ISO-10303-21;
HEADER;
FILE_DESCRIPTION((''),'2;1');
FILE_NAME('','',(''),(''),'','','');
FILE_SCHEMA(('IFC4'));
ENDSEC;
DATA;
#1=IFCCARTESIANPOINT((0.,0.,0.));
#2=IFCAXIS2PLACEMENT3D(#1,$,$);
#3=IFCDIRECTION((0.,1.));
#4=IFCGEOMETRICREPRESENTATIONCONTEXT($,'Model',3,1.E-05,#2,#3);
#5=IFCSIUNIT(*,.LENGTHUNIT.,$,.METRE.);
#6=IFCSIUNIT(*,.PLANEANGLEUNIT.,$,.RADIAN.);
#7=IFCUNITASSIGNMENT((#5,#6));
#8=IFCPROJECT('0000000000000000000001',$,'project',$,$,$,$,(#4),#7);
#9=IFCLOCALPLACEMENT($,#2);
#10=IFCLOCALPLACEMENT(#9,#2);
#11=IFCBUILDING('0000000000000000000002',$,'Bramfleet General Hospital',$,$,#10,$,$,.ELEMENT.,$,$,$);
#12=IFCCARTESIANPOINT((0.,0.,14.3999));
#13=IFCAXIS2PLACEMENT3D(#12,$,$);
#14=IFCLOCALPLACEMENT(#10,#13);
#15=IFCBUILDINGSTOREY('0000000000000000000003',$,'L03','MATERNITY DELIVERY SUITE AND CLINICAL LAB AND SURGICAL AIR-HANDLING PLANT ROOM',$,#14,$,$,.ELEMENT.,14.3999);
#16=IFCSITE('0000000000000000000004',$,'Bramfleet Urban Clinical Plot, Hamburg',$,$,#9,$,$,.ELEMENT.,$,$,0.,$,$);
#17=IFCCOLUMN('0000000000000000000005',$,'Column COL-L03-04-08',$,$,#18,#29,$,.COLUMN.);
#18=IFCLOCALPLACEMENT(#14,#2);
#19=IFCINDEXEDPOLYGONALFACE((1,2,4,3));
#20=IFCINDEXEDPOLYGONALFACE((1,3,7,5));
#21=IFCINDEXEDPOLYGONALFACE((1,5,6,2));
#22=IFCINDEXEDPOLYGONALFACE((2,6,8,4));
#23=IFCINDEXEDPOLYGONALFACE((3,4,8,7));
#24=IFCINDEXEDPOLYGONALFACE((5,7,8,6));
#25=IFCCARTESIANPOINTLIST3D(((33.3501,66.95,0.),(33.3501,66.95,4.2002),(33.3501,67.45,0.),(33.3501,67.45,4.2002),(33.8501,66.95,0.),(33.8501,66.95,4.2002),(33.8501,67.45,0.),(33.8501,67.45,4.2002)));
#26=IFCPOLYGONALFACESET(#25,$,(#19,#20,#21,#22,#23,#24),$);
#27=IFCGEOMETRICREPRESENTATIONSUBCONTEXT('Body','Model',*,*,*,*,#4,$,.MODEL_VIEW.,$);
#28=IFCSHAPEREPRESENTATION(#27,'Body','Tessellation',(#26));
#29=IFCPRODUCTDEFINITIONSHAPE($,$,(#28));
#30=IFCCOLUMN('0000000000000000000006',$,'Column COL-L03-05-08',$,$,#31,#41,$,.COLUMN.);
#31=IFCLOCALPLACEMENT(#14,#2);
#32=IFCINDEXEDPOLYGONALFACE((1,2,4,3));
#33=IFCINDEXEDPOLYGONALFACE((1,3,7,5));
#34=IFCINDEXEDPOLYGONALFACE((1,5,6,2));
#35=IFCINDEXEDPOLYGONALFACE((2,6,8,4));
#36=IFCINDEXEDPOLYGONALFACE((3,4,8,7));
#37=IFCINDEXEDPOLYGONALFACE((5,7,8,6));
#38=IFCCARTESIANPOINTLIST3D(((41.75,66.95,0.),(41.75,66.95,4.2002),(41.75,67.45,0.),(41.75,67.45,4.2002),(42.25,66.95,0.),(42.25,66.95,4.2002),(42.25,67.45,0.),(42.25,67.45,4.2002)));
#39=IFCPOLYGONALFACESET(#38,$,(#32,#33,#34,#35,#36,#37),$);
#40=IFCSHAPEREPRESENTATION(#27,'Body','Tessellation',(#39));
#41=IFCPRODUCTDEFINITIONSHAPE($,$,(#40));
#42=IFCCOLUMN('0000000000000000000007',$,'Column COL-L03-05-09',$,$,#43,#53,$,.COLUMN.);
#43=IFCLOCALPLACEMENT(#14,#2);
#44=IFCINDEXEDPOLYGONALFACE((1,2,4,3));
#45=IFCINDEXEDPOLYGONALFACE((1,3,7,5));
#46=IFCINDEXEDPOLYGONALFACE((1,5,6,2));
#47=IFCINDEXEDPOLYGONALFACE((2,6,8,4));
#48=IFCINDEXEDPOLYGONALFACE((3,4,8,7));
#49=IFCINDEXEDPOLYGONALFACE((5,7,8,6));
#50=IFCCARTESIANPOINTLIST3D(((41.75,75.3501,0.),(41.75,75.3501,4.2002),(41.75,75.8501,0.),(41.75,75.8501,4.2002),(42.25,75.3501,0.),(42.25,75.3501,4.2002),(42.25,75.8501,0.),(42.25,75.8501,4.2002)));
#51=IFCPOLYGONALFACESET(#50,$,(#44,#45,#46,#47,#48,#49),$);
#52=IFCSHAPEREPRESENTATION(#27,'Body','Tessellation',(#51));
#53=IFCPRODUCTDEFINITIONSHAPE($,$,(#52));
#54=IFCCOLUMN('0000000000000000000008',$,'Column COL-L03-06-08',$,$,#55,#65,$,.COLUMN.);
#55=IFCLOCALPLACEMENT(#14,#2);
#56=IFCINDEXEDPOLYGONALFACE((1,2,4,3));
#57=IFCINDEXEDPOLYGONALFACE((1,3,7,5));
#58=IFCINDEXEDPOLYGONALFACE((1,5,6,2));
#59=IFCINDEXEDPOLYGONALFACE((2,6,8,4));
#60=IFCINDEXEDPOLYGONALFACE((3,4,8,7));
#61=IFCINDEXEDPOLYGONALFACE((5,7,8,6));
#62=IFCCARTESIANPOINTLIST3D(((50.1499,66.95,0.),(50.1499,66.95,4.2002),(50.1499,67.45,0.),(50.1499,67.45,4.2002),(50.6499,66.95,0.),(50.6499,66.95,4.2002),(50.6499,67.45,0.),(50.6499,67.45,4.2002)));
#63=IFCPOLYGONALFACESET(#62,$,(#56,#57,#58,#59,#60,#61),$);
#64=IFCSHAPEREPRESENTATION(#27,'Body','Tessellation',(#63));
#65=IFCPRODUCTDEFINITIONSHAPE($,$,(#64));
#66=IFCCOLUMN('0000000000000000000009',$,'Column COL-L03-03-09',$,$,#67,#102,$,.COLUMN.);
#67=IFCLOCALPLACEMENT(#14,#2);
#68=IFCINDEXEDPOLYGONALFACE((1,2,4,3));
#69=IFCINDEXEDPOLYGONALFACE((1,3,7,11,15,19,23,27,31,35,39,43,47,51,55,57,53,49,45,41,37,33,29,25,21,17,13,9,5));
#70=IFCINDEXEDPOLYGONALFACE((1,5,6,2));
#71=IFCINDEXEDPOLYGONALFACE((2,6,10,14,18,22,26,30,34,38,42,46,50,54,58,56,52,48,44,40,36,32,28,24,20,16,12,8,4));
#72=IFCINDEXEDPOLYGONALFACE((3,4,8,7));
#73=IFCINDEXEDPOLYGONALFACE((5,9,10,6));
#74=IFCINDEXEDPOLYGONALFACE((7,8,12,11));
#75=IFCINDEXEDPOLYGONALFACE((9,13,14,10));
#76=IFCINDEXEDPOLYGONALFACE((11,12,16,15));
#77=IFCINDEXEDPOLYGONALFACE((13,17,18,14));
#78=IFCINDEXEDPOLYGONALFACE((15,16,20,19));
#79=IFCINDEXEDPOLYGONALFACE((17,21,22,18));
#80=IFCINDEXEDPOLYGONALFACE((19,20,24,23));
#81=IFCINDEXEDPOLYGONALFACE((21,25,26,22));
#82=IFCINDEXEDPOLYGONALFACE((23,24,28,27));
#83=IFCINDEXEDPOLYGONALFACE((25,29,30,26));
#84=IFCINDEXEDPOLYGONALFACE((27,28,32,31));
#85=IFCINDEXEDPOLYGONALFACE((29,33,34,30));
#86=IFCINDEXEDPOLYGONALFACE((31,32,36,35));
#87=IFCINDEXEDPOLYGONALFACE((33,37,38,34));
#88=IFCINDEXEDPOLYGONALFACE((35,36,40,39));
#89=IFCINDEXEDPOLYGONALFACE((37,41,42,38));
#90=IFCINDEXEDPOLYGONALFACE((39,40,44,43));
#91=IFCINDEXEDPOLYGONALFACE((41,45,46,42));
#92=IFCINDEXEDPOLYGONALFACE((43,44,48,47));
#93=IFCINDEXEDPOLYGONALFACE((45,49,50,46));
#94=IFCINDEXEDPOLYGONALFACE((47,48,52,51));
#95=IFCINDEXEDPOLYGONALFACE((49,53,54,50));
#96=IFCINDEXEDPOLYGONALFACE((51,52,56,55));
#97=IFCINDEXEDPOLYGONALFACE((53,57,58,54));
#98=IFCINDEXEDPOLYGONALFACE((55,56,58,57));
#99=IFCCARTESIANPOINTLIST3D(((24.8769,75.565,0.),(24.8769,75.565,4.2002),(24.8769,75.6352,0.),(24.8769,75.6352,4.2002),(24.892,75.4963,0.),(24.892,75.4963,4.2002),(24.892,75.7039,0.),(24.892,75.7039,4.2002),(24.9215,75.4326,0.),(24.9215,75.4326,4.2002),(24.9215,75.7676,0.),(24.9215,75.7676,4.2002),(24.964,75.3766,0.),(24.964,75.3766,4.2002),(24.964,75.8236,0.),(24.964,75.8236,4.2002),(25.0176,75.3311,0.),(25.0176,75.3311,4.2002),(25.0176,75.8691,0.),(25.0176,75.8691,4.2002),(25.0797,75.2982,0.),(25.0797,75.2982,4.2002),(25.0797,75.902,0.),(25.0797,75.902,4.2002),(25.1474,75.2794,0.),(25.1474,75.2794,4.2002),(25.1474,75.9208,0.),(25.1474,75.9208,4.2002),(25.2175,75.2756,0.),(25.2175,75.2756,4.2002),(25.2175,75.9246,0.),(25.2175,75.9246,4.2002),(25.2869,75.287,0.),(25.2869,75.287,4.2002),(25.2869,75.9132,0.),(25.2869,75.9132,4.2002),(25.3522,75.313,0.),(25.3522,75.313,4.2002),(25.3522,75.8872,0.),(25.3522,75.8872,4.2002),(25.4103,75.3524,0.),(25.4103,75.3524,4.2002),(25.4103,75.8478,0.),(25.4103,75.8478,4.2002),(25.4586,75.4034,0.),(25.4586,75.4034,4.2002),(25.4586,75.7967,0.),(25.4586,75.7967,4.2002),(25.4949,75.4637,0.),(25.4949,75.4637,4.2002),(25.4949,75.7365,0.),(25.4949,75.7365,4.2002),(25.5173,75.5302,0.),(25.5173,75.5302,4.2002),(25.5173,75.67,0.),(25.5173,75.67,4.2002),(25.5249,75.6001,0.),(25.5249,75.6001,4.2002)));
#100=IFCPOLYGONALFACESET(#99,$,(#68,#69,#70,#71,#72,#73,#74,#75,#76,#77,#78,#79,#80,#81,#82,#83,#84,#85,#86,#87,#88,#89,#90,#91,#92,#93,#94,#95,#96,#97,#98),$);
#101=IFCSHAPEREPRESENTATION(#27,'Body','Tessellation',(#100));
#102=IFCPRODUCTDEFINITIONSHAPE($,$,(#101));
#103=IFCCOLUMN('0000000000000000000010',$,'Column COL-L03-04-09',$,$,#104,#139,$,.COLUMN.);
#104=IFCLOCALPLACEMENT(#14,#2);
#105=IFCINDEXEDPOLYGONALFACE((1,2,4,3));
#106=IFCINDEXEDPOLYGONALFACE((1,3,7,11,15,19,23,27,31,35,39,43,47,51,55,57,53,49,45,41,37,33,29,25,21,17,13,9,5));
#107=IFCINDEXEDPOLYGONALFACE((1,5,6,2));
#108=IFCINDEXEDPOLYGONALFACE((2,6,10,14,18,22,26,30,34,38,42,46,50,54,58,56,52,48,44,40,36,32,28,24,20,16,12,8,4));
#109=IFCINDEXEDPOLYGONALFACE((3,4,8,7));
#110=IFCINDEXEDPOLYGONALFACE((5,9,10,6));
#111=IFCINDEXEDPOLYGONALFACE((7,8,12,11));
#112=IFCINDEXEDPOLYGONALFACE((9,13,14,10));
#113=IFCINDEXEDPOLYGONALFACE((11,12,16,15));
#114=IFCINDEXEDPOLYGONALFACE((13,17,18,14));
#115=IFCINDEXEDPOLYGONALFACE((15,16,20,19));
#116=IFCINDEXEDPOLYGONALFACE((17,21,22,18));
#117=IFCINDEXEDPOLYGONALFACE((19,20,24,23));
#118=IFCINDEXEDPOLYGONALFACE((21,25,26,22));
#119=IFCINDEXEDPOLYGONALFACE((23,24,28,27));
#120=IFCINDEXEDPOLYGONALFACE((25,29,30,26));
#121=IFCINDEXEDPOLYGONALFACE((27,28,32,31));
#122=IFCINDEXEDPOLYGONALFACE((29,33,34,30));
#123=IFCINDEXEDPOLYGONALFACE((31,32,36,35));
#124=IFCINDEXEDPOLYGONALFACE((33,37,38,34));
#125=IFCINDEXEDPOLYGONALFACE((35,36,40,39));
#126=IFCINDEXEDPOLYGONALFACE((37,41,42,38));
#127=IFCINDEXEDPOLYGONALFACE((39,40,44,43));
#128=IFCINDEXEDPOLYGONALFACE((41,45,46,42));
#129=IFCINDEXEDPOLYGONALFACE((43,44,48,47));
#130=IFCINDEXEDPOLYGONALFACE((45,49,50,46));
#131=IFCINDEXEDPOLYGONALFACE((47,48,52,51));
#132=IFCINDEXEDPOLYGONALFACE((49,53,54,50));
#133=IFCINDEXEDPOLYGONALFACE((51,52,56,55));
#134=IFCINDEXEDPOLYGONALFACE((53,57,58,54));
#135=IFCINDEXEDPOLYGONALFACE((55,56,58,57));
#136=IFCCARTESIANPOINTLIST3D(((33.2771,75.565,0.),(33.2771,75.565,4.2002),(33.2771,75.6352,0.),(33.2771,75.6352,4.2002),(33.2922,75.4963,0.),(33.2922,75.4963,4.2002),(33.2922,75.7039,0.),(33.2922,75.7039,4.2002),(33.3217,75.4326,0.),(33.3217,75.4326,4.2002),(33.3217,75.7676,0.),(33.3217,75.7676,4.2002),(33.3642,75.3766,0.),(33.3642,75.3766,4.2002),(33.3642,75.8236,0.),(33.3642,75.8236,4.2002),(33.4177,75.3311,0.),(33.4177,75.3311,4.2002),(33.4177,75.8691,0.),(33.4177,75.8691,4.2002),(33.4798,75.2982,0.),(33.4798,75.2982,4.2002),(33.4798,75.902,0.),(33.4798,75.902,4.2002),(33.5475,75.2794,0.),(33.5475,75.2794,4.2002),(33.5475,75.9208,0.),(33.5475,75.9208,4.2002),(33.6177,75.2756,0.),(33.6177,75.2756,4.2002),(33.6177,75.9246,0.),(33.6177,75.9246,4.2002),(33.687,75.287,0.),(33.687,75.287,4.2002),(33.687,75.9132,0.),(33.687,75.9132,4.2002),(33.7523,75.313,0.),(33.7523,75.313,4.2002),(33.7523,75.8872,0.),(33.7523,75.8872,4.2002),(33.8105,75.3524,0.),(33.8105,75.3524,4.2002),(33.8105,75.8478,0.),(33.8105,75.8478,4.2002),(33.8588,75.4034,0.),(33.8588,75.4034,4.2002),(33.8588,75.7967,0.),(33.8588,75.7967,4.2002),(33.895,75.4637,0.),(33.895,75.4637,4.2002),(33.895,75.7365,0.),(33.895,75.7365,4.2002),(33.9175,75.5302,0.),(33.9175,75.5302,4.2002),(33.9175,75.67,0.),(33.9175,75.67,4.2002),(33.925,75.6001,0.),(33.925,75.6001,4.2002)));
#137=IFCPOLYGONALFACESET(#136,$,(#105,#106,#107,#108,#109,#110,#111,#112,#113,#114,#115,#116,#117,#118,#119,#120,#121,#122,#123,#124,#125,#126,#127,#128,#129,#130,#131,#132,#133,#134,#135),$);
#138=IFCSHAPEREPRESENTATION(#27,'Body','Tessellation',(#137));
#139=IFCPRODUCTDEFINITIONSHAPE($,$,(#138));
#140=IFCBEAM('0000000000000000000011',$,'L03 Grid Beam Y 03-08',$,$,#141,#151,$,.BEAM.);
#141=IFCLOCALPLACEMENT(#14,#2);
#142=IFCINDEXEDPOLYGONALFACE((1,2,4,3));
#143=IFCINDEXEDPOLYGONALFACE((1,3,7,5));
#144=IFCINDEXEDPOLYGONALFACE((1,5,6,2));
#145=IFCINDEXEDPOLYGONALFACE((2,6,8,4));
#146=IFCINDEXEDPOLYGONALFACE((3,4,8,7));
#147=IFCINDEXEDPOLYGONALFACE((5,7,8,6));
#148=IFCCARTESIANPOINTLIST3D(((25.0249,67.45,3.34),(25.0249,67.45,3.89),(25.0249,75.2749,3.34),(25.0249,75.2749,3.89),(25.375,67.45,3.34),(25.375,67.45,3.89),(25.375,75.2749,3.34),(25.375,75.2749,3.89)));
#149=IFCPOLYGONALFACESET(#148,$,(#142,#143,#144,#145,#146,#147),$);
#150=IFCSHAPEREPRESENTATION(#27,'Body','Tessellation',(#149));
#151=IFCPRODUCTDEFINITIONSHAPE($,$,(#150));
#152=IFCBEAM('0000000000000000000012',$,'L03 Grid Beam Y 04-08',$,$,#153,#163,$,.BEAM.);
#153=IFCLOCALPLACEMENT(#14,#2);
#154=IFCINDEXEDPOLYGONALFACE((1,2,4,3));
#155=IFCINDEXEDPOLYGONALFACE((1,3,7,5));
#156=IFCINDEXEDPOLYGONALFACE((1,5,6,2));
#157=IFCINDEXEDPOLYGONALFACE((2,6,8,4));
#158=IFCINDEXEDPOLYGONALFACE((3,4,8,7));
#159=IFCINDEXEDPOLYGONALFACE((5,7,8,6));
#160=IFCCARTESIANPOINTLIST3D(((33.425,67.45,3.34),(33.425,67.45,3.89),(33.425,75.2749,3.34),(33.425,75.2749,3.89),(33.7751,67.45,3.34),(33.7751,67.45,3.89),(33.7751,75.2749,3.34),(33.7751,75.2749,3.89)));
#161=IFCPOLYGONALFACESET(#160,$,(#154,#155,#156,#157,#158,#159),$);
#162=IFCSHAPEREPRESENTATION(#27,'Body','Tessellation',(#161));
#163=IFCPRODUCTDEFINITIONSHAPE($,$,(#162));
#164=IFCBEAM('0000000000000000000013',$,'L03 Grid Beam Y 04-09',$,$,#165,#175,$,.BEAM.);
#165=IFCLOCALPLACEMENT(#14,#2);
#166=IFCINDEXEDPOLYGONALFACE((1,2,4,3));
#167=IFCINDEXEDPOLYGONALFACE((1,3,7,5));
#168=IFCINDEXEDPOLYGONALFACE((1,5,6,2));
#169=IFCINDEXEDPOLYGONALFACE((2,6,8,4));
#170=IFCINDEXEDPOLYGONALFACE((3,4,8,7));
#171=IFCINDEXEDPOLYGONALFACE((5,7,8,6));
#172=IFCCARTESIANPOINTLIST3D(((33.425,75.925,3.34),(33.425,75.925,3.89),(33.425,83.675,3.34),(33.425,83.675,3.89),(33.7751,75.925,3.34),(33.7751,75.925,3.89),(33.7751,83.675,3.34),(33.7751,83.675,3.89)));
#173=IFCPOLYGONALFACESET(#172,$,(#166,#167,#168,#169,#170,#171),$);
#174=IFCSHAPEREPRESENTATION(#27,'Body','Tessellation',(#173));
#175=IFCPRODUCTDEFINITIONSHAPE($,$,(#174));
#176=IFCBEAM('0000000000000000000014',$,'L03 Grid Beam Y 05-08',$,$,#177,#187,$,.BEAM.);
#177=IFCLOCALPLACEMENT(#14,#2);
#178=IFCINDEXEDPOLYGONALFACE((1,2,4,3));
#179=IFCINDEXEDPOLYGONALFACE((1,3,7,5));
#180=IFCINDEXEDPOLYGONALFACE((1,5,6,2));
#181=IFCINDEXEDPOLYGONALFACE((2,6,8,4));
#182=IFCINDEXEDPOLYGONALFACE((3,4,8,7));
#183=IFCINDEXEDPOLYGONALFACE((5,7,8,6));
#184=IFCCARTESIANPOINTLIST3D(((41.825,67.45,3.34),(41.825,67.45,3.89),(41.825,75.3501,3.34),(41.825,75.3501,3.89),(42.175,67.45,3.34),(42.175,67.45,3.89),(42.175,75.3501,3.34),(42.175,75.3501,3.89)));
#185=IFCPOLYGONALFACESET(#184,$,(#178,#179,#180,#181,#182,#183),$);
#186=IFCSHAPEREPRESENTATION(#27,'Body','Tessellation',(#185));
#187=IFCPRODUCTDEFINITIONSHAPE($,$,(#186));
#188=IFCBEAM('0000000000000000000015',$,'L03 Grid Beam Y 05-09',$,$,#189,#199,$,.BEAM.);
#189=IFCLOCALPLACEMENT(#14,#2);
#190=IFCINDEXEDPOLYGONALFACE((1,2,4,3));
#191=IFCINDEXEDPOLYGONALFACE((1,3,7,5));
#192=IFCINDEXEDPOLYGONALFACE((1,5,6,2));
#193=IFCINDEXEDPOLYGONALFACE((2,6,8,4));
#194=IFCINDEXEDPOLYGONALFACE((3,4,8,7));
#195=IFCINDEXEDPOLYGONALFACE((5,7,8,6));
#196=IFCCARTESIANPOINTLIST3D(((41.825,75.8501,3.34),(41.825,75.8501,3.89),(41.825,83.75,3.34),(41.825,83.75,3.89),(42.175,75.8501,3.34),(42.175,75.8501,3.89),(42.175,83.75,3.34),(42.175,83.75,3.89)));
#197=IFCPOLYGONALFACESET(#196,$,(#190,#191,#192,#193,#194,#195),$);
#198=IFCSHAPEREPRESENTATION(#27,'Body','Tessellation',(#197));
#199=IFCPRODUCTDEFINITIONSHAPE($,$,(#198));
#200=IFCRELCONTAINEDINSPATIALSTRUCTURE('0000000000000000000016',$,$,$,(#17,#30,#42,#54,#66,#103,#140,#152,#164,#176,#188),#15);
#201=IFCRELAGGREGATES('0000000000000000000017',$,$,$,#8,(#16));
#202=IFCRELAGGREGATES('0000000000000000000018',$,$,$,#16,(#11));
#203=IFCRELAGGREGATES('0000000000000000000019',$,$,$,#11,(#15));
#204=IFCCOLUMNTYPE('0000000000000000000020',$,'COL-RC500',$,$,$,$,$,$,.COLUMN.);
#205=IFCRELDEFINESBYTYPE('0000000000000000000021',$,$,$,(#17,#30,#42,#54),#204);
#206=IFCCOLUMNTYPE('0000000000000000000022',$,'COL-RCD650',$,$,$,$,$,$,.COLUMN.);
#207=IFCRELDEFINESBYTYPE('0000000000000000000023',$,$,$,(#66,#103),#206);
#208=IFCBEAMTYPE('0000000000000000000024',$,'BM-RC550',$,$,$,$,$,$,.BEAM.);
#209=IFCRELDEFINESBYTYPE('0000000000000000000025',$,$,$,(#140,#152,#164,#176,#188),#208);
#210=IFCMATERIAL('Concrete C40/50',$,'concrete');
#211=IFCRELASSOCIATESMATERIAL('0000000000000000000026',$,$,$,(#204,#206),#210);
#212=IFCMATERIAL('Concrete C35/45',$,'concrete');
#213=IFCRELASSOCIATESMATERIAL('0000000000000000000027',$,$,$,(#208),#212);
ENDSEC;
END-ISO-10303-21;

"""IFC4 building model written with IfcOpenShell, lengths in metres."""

from ifc_helpers import new_model, si_unit, direction, frame, origin, origin_2d, place, context, subcontext, project, spatial, rectangle, circle, extrude, material, material_profile, profile_set, type_object, element, save


model = new_model("IFC4")

# Units and contexts
model_context = context("Model", 3, precision=1e-05, world=origin(), true_north=direction((0.0, 1.0)))
body_context = subcontext(model_context, "Body", "Model", "MODEL_VIEW")
ifc_project = project(units=[si_unit("LENGTHUNIT", "METRE"), si_unit("PLANEANGLEUNIT", "RADIAN")], contexts=[model_context])

# Site, building, storey
site_placement = place(None, origin())
site = spatial("IfcSite", under=ifc_project, at=site_placement, Name="Bramfleet Urban Clinical Plot, Hamburg", CompositionType="ELEMENT", RefElevation=0.0)
building_placement = place(site_placement, origin())
building = spatial("IfcBuilding", under=site, at=building_placement, Name="Bramfleet General Hospital", CompositionType="ELEMENT")
storey_placement = place(building_placement, frame((0.0, 0.0, 14.3999)))
storey = spatial("IfcBuildingStorey", under=building, at=storey_placement, Name="L03", Description="MATERNITY DELIVERY SUITE AND CLINICAL LAB AND SURGICAL AIR-HANDLING PLANT ROOM", CompositionType="ELEMENT", Elevation=14.3999)

# Columns
ifc_material_1 = material(Name="Concrete C40/50", Category="concrete")
ifc_material_profile_1 = material_profile(ifc_material_1, rectangle(XDim=0.5, YDim=0.5, at=origin_2d()), Name="RC COL 500x500")
ifc_profile_set_1 = profile_set([ifc_material_profile_1], Name="Concrete C40/50")
column_type_1 = type_object("IfcColumnType", Name="COL-RC500", PredefinedType="COLUMN", material=ifc_profile_set_1)
for number, where, z_axis, x_axis, name in (
    (1, (33.6001, 67.2, 0.0), (0.0, 0.0, 1.0), (1.0, 0.0, 0.0), "Column COL-L03-04-08"),
    (2, (42.0, 67.2, 0.0), (0.0, 0.0, 1.0), (1.0, 0.0, 0.0), "Column COL-L03-05-08"),
    (3, (42.0, 75.6001, 0.0), (0.0, 0.0, 1.0), (1.0, 0.0, 0.0), "Column COL-L03-05-09"),
    (4, (50.3999, 67.2, 0.0), (0.0, 0.0, 1.0), (1.0, 0.0, 0.0), "Column COL-L03-06-08"),
):
    element("IfcColumn", number, at=place(storey_placement, frame(where, z_axis=z_axis, x_axis=x_axis)), inside=storey, type_object=column_type_1, Name=name, PredefinedType="COLUMN", context=body_context, shape_type="SweptSolid", body=[
        extrude(rectangle(XDim=0.5, YDim=0.5, at=origin_2d()), origin(), (0.0, 0.0, 1.0), 4.2002),
    ])
ifc_material_profile_2 = material_profile(ifc_material_1, circle(Radius=0.325, at=origin_2d()), Name="RC ROUND D650")
ifc_profile_set_2 = profile_set([ifc_material_profile_2], Name="Concrete C40/50")
column_type_2 = type_object("IfcColumnType", Name="COL-RCD650", PredefinedType="COLUMN", material=ifc_profile_set_2)
for number, where, z_axis, x_axis, name in (
    (5, (25.2, 75.6001, 0.0), (0.0, 0.0, 1.0), (1.0, 0.0, 0.0), "Column COL-L03-03-09"),
    (6, (33.6001, 75.6001, 0.0), (0.0, 0.0, 1.0), (1.0, 0.0, 0.0), "Column COL-L03-04-09"),
):
    element("IfcColumn", number, at=place(storey_placement, frame(where, z_axis=z_axis, x_axis=x_axis)), inside=storey, type_object=column_type_2, Name=name, PredefinedType="COLUMN", context=body_context, shape_type="SweptSolid", body=[
        extrude(circle(Radius=0.325, at=origin_2d()), origin(), (0.0, 0.0, 1.0), 4.2002),
    ])

# Beams
ifc_material_2 = material(Name="Concrete C35/45", Category="concrete")
ifc_material_profile_3 = material_profile(ifc_material_2, rectangle(XDim=0.3501, YDim=0.55, at=origin_2d()), Name="RC BM 550x350")
ifc_profile_set_3 = profile_set([ifc_material_profile_3], Name="Concrete C35/45")
beam_type_1 = type_object("IfcBeamType", Name="BM-RC550", PredefinedType="BEAM", material=ifc_profile_set_3)
for number, where, z_axis, x_axis, name in (
    (7, (25.2, 67.45, 3.615), (0.0, 1.0, 0.0), (-1.0, 0.0, 0.0), "L03 Grid Beam Y 03-08"),
    (8, (33.6001, 67.45, 3.615), (0.0, 1.0, 0.0), (-1.0, 0.0, 0.0), "L03 Grid Beam Y 04-08"),
):
    element("IfcBeam", number, at=place(storey_placement, frame(where, z_axis=z_axis, x_axis=x_axis)), inside=storey, type_object=beam_type_1, Name=name, PredefinedType="BEAM", context=body_context, shape_type="SweptSolid", body=[
        extrude(rectangle(XDim=0.3501, YDim=0.55, at=origin_2d()), origin(), (0.0, 0.0, 1.0), 7.825),
    ])
beam_1_placement = place(storey_placement, frame((33.6001, 75.925, 3.615), z_axis=(0.0, 1.0, 0.0), x_axis=(-1.0, 0.0, 0.0)))
element("IfcBeam", 9, at=beam_1_placement, inside=storey, type_object=beam_type_1, Name="L03 Grid Beam Y 04-09", PredefinedType="BEAM", context=body_context, shape_type="SweptSolid", body=[
    extrude(rectangle(XDim=0.3501, YDim=0.55, at=origin_2d()), origin(), (0.0, 0.0, 1.0), 7.75),
])
beam_2_placement = place(storey_placement, frame((42.0, 67.45, 3.615), z_axis=(0.0, 1.0, 0.0), x_axis=(-1.0, 0.0, 0.0)))
element("IfcBeam", 10, at=beam_2_placement, inside=storey, type_object=beam_type_1, Name="L03 Grid Beam Y 05-08", PredefinedType="BEAM", context=body_context, shape_type="SweptSolid", body=[
    extrude(rectangle(XDim=0.3501, YDim=0.55, at=origin_2d()), origin(), (0.0, 0.0, 1.0), 7.9001),
])
beam_3_placement = place(storey_placement, frame((42.0, 75.8501, 3.615), z_axis=(0.0, 1.0, 0.0), x_axis=(-1.0, 0.0, 0.0)))
element("IfcBeam", 11, at=beam_3_placement, inside=storey, type_object=beam_type_1, Name="L03 Grid Beam Y 05-09", PredefinedType="BEAM", context=body_context, shape_type="SweptSolid", body=[
    extrude(rectangle(XDim=0.3501, YDim=0.55, at=origin_2d()), origin(), (0.0, 0.0, 1.0), 7.8999),
])

save(model, "model.ifc")
